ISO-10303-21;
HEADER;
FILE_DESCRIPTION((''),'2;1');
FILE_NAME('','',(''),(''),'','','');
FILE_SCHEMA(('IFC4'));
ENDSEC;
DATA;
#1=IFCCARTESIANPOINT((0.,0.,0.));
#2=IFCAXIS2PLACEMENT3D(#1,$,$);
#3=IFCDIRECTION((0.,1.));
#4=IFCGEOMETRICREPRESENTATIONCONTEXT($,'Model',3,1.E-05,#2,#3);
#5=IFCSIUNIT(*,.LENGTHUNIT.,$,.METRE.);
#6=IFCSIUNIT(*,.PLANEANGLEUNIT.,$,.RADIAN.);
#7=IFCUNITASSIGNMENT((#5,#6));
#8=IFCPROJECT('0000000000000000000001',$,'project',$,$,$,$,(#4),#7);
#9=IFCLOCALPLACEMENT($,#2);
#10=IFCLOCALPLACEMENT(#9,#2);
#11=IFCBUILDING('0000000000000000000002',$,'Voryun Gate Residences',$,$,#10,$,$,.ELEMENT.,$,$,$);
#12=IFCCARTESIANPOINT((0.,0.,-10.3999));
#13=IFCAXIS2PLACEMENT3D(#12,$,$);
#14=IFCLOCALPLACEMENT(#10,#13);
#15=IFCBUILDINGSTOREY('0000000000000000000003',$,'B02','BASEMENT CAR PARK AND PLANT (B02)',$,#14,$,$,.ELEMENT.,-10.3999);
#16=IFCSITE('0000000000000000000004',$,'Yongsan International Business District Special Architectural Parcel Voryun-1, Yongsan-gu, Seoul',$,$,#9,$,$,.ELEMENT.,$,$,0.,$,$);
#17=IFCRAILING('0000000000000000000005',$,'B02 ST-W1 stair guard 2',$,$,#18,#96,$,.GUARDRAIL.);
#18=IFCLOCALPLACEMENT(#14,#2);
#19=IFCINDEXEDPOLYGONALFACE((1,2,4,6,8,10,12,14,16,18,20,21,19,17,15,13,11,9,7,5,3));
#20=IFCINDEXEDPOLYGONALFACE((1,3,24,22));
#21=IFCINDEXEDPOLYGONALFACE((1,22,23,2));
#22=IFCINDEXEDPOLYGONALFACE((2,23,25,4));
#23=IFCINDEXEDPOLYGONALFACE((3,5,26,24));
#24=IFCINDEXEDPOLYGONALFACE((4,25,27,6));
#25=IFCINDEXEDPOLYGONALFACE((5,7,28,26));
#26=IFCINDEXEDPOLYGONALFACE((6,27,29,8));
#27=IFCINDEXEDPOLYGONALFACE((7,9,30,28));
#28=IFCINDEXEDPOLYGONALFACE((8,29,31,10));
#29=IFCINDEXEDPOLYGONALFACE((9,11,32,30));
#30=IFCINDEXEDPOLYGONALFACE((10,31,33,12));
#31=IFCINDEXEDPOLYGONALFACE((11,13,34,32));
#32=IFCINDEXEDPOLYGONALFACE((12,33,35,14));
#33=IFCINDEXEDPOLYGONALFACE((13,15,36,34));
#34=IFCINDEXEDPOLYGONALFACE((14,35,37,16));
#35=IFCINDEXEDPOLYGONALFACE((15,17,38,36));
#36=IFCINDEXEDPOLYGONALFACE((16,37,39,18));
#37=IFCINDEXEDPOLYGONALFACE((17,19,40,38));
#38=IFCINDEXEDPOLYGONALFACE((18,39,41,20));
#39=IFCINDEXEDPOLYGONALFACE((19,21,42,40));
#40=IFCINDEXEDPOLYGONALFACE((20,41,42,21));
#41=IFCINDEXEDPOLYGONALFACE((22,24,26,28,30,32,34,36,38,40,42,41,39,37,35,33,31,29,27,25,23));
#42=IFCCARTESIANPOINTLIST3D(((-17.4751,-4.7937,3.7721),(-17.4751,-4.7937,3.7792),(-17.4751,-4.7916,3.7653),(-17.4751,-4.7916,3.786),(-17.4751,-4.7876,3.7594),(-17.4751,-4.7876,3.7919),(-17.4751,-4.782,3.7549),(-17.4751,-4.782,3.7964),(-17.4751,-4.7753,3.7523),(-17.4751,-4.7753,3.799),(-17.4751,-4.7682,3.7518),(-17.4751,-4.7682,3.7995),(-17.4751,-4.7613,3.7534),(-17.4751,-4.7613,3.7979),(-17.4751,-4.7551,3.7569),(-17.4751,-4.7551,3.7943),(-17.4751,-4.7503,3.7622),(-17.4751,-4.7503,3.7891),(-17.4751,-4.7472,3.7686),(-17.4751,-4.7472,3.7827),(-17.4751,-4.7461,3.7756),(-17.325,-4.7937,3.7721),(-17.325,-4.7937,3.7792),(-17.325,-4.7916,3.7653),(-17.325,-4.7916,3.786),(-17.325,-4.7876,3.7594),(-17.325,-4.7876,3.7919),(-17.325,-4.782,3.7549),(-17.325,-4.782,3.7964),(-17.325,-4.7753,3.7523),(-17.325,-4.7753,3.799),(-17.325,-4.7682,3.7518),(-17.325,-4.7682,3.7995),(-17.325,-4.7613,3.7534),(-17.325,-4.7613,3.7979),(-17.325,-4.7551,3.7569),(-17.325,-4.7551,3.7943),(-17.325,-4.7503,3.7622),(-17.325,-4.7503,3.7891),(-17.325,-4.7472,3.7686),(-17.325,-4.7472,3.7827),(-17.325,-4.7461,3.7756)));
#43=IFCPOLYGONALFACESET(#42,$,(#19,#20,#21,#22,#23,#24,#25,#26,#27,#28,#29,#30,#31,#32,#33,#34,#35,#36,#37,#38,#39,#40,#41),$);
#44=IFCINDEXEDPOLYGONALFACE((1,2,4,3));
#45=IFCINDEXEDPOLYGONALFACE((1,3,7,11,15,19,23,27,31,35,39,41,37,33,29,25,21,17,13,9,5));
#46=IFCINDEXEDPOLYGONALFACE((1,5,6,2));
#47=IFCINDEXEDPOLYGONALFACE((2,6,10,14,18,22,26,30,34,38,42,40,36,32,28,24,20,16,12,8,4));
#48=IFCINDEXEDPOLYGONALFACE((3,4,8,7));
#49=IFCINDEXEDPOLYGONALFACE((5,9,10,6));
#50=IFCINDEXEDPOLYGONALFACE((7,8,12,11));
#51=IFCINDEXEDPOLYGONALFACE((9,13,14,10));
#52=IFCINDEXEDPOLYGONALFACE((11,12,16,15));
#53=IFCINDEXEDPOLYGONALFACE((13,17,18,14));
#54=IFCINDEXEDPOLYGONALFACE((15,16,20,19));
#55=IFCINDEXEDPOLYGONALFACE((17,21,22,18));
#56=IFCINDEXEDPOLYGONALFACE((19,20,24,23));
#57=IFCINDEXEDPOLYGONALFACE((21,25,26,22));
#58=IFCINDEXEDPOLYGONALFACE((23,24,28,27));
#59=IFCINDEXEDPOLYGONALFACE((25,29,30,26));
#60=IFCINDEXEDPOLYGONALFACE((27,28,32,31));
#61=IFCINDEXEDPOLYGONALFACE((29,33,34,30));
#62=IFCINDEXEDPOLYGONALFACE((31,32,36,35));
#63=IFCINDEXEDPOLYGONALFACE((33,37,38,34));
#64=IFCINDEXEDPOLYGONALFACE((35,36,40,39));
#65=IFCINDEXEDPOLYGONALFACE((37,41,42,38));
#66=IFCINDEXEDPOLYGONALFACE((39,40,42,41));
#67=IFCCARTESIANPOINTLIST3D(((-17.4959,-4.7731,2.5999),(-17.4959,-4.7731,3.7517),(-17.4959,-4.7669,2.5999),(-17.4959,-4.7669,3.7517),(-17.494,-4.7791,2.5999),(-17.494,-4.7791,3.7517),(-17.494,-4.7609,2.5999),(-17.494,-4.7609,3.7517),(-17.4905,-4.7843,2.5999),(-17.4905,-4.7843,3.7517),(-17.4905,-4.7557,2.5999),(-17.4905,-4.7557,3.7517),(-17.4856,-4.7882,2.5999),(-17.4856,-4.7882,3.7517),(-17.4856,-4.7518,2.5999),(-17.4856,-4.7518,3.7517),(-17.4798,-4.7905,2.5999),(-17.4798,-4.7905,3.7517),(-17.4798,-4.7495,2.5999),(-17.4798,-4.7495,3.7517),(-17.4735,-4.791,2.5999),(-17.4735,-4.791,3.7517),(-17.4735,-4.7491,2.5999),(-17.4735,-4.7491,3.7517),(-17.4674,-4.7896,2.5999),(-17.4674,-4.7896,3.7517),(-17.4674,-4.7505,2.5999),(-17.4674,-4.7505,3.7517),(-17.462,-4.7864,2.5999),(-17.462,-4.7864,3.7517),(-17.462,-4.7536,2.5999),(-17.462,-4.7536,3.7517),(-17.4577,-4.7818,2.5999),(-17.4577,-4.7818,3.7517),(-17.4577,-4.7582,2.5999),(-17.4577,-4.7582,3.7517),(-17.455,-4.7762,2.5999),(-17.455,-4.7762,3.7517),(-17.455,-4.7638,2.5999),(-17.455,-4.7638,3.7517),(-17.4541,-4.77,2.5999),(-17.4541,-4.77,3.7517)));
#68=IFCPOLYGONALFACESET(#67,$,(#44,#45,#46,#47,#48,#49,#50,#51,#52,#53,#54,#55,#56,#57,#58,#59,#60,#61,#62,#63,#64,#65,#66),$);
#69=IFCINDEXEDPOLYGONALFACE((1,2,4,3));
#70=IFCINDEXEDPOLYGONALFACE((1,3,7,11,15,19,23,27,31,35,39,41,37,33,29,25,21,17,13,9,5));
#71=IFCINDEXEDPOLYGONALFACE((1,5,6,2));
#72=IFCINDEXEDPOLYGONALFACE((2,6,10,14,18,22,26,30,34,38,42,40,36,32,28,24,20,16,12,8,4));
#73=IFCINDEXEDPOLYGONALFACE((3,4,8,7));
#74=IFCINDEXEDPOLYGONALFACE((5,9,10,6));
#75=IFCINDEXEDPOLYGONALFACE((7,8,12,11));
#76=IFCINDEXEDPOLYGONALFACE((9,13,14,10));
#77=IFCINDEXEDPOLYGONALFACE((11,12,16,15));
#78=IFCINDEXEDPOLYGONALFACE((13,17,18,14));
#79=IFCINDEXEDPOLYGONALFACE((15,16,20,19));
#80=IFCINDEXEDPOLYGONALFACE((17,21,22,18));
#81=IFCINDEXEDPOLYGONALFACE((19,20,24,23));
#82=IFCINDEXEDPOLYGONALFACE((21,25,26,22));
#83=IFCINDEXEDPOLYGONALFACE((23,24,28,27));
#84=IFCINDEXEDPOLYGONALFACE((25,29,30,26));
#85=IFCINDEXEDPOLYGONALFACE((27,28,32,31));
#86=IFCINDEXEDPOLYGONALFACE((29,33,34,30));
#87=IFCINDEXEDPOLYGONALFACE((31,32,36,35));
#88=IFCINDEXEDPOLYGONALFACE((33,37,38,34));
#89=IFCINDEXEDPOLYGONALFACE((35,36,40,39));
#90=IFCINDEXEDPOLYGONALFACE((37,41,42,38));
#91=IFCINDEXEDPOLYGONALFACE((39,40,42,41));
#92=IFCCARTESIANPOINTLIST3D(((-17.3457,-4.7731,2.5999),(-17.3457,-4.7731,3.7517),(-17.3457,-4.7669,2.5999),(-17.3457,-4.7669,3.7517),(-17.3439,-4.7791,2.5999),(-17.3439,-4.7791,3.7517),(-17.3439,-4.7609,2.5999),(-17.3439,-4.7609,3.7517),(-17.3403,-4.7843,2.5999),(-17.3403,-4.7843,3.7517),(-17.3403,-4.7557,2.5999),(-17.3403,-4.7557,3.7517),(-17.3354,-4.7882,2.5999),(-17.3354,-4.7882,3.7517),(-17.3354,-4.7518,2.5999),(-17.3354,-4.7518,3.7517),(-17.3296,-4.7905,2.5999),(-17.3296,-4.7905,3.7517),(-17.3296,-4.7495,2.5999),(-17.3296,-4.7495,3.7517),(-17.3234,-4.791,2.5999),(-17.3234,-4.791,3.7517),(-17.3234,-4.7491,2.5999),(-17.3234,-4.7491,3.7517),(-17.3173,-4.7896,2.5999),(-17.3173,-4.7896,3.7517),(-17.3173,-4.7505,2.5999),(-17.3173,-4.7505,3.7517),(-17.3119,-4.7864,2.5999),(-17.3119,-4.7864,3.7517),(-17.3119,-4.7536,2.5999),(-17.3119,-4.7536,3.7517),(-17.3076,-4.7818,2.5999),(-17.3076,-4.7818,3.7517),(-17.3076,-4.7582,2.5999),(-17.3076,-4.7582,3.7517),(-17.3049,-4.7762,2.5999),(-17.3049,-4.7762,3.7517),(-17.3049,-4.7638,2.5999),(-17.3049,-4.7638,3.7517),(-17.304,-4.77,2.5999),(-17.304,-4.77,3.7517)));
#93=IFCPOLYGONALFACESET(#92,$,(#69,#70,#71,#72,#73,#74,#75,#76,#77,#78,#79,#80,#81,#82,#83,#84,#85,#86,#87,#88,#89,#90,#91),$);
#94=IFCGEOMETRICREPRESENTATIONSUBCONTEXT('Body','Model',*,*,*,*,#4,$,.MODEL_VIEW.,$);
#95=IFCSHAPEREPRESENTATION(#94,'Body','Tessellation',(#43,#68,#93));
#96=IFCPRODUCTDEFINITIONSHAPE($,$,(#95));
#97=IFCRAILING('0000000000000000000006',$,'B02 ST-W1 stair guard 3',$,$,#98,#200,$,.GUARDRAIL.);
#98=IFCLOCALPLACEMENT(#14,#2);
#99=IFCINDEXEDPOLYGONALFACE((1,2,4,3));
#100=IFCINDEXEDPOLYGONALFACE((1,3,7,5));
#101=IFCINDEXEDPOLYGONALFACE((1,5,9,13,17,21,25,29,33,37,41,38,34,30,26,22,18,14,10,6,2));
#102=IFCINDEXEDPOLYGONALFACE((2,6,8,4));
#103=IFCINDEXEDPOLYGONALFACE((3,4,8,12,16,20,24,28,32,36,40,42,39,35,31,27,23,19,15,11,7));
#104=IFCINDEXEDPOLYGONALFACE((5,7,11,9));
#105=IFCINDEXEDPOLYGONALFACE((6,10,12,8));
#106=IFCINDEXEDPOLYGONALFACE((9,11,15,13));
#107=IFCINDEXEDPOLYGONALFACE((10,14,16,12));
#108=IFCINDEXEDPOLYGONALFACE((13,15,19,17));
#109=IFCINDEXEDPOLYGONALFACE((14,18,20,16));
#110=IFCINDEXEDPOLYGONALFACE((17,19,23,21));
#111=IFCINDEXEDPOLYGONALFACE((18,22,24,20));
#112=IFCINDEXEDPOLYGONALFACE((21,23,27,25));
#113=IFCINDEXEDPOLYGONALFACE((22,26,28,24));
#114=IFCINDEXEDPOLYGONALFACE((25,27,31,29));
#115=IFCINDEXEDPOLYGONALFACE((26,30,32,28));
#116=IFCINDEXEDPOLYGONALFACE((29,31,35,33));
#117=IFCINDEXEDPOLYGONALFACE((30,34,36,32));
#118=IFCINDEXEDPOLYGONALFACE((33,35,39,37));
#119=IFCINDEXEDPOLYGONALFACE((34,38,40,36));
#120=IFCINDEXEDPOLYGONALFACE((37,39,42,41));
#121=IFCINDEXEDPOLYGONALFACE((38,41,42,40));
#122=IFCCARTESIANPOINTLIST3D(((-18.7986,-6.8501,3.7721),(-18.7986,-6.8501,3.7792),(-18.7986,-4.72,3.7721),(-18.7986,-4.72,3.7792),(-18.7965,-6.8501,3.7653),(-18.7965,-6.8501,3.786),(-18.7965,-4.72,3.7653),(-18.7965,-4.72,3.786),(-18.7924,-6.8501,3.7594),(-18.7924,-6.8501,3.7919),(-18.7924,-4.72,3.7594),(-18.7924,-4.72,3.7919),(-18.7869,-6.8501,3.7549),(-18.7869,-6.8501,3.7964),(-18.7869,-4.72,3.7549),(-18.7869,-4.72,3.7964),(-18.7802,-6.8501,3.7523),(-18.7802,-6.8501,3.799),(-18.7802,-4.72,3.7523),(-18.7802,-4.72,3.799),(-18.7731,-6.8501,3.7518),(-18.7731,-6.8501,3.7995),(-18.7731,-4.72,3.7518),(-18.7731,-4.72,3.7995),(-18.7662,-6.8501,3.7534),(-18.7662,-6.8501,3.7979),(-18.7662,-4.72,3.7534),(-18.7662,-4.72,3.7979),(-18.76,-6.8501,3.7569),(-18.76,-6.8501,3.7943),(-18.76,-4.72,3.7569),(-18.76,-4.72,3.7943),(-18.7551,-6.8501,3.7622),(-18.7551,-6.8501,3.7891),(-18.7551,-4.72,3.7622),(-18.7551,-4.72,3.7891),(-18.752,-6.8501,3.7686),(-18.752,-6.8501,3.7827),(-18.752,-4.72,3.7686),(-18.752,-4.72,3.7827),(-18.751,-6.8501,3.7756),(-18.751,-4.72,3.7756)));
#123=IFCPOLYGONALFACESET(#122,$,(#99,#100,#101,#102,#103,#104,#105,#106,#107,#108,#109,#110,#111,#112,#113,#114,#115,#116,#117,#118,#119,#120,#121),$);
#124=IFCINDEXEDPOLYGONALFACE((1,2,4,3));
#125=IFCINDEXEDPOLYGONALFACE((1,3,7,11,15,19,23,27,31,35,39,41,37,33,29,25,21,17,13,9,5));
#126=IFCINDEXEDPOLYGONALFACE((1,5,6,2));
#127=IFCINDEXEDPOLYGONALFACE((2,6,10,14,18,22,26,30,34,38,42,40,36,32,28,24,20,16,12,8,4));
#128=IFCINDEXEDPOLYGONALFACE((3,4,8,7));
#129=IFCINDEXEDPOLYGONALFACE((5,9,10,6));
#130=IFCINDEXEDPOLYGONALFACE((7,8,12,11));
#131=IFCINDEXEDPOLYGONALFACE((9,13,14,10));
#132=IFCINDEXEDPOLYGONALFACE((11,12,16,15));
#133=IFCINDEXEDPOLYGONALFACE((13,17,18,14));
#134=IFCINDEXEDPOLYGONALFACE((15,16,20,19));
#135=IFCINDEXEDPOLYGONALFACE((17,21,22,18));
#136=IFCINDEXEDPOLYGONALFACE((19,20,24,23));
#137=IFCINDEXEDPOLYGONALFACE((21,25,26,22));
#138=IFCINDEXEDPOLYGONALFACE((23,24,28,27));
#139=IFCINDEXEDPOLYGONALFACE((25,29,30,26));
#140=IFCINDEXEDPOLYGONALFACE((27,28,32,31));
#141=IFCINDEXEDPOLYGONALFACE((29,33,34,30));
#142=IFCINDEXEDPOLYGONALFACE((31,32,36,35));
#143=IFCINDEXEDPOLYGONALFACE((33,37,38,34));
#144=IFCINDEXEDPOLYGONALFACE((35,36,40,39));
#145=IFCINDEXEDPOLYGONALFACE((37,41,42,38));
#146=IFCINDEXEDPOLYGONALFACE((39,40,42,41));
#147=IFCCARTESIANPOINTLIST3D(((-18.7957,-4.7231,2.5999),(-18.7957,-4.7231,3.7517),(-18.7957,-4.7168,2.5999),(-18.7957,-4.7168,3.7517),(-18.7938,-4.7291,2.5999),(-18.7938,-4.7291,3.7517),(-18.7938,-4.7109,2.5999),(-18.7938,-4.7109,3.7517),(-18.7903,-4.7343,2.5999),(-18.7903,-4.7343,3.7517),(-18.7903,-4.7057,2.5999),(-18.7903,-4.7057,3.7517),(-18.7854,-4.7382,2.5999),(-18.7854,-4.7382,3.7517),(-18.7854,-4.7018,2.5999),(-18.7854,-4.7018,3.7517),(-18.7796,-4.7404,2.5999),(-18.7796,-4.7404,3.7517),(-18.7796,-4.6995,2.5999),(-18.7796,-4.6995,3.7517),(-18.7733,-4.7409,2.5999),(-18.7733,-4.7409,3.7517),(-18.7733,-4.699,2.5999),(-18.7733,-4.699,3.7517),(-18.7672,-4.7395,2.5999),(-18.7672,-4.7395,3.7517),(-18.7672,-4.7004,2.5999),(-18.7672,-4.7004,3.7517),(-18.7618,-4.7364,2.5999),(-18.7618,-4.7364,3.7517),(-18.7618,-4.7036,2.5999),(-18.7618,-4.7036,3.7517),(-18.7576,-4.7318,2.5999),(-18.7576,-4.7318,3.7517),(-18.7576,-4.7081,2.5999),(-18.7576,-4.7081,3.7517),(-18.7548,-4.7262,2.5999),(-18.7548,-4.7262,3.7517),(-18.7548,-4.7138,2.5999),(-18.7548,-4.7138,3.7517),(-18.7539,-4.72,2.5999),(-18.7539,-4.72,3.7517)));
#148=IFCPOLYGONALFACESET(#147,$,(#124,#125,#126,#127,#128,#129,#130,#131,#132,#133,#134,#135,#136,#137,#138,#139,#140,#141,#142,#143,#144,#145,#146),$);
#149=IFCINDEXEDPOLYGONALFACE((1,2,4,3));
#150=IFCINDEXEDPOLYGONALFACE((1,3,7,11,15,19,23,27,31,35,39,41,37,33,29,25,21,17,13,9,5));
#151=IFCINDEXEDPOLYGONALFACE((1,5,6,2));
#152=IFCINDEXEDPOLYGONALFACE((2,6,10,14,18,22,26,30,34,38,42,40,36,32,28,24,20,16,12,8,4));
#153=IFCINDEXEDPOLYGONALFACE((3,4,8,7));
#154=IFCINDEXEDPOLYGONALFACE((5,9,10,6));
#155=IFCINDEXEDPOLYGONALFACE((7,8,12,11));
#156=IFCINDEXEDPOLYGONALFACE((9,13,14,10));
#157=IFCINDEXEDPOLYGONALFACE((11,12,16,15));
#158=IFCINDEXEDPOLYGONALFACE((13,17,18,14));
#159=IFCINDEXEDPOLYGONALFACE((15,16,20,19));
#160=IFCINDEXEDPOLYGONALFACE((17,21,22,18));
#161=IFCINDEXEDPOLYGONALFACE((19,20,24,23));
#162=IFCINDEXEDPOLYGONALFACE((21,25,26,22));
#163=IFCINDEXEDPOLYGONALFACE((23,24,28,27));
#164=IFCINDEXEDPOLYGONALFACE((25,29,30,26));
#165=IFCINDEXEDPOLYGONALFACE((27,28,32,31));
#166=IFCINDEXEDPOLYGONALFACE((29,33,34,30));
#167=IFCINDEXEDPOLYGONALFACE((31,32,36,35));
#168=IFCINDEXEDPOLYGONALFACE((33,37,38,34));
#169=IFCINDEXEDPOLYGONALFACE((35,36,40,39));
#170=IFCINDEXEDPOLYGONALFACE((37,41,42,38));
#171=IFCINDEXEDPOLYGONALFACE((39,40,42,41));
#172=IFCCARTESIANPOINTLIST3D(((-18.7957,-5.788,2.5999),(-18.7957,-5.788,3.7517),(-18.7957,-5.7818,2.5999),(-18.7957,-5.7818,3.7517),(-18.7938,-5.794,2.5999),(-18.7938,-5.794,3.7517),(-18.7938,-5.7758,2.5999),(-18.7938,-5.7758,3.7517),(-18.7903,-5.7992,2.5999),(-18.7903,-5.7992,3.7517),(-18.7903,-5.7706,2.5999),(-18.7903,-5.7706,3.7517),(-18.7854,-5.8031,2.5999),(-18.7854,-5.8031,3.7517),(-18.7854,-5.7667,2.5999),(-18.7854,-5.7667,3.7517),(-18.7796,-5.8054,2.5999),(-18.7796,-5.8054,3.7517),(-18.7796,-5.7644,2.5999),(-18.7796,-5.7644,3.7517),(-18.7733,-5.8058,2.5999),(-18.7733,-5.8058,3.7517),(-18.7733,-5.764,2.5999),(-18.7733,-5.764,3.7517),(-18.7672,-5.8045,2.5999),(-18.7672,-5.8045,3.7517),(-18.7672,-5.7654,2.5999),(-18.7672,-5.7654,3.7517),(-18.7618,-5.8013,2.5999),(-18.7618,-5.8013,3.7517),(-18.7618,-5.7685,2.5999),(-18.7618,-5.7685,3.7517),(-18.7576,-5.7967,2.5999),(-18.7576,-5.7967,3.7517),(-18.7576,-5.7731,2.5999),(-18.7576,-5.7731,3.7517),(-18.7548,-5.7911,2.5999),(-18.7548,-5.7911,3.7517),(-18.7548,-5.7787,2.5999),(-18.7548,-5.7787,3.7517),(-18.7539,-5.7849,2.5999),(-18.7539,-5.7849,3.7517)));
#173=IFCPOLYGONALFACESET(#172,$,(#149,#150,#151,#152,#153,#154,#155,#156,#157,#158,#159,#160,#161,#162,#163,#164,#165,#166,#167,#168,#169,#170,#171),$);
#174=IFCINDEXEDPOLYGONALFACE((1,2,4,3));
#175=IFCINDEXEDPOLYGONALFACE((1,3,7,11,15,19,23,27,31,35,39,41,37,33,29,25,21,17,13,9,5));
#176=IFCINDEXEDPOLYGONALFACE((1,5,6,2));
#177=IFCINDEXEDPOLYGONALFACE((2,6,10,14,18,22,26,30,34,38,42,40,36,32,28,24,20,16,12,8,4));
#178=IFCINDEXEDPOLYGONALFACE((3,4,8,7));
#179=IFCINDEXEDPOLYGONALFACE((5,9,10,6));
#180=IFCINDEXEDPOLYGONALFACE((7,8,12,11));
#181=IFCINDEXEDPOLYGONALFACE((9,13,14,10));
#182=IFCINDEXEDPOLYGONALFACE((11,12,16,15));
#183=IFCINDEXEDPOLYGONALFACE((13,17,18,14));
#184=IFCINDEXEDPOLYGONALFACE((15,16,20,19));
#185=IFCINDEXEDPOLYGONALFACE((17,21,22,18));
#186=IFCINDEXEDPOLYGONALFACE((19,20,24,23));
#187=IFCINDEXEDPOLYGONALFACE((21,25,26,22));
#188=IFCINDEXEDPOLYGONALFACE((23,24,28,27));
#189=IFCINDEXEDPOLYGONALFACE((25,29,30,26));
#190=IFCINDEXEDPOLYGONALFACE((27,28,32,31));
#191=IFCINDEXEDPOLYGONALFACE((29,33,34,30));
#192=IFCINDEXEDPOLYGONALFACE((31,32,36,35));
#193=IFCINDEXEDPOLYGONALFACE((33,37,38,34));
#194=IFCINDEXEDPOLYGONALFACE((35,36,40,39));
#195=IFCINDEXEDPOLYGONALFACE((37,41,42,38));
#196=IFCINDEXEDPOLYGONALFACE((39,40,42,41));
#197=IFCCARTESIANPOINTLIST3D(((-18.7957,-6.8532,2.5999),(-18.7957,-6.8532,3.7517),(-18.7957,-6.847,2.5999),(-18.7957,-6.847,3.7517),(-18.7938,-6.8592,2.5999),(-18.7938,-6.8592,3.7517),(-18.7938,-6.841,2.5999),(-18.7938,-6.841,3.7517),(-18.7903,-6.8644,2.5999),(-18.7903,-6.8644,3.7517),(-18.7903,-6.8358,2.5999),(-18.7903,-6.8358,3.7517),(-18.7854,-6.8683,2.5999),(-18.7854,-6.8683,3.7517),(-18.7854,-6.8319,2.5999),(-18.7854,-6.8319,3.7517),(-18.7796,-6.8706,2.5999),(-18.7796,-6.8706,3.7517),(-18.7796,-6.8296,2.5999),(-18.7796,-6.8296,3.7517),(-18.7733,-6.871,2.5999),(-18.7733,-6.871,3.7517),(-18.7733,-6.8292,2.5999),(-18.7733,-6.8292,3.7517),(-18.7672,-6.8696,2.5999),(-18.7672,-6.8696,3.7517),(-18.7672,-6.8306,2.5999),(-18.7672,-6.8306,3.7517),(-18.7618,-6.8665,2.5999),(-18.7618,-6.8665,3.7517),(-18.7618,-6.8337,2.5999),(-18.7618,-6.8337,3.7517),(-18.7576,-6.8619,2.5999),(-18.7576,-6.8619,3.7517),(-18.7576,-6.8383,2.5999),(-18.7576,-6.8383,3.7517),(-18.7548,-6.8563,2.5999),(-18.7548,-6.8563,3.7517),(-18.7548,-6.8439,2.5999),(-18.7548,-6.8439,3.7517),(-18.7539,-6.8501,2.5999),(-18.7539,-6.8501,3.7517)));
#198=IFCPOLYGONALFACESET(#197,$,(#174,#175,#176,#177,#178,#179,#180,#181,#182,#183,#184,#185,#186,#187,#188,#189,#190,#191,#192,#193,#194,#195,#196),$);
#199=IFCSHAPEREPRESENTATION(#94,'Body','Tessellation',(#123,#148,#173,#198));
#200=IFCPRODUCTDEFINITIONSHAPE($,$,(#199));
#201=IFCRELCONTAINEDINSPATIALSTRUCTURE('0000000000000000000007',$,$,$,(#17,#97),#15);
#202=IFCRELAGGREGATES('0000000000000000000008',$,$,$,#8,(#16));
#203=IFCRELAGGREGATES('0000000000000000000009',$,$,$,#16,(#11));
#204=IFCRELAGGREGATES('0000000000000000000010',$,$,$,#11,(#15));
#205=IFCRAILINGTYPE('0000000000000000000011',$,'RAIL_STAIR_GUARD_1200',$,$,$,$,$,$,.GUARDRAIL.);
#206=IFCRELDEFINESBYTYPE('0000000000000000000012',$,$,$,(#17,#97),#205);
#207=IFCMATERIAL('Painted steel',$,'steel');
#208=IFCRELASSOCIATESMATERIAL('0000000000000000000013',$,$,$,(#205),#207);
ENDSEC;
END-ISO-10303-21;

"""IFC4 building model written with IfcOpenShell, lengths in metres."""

from ifc_helpers import new_model, si_unit, direction, frame, origin, origin_2d, place, context, subcontext, project, spatial, circle, extrude, material, type_object, element, save


model = new_model("IFC4")

# Units and contexts
model_context = context("Model", 3, precision=1e-05, world=origin(), true_north=direction((0.0, 1.0)))
body_context = subcontext(model_context, "Body", "Model", "MODEL_VIEW")
ifc_project = project(units=[si_unit("LENGTHUNIT", "METRE"), si_unit("PLANEANGLEUNIT", "RADIAN")], contexts=[model_context])

# Site, building, storey
site_placement = place(None, origin())
site = spatial("IfcSite", under=ifc_project, at=site_placement, Name="Yongsan International Business District Special Architectural Parcel Voryun-1, Yongsan-gu, Seoul", CompositionType="ELEMENT", RefElevation=0.0)
building_placement = place(site_placement, origin())
building = spatial("IfcBuilding", under=site, at=building_placement, Name="Voryun Gate Residences", CompositionType="ELEMENT")
storey_placement = place(building_placement, frame((0.0, 0.0, -10.3999)))
storey = spatial("IfcBuildingStorey", under=building, at=storey_placement, Name="B02", Description="BASEMENT CAR PARK AND PLANT (B02)", CompositionType="ELEMENT", Elevation=-10.3999)

# Railings
ifc_material_1 = material(Name="Painted steel", Category="steel")
railing_type_1 = type_object("IfcRailingType", Name="RAIL_STAIR_GUARD_1200", PredefinedType="GUARDRAIL", material=ifc_material_1)
railing_1_placement = place(storey_placement, frame((-17.4751, -4.77, 2.5999)))
element("IfcRailing", 1, at=railing_1_placement, inside=storey, type_object=railing_type_1, Name="B02 ST-W1 stair guard 2", PredefinedType="GUARDRAIL", context=body_context, shape_type="SweptSolid", body=[
    extrude(circle(Radius=0.0239, at=origin_2d()), frame((0.0, 0.0, 1.1758), z_axis=(1.0, 0.0, 0.0), x_axis=(0.0, 1.0, 0.0)), (0.0, 0.0, 1.0), 0.1501),
    extrude(circle(Radius=0.021, at=origin_2d()), origin(), (0.0, 0.0, 1.0), 1.1519),
    extrude(circle(Radius=0.021, at=origin_2d()), frame((0.1501, 0.0, 0.0)), (0.0, 0.0, 1.0), 1.1519),
])
for number, where, name in (
    (2, (-18.7749, -4.72, 2.5999), "B02 ST-W1 stair guard 3"),
):
    element("IfcRailing", number, at=place(storey_placement, frame(where)), inside=storey, type_object=railing_type_1, Name=name, PredefinedType="GUARDRAIL", context=body_context, shape_type="SweptSolid", body=[
        extrude(circle(Radius=0.0239, at=origin_2d()), frame((0.0, 0.0, 1.1758), z_axis=(0.0, -1.0, 0.0), x_axis=(1.0, 0.0, 0.0)), (0.0, 0.0, 1.0), 2.1301),
        extrude(circle(Radius=0.021, at=origin_2d()), origin(), (0.0, 0.0, 1.0), 1.1519),
        extrude(circle(Radius=0.021, at=origin_2d()), frame((0.0, -1.0649, 0.0)), (0.0, 0.0, 1.0), 1.1519),
        extrude(circle(Radius=0.021, at=origin_2d()), frame((0.0, -2.1301, 0.0)), (0.0, 0.0, 1.0), 1.1519),
    ])

save(model, "model.ifc")
